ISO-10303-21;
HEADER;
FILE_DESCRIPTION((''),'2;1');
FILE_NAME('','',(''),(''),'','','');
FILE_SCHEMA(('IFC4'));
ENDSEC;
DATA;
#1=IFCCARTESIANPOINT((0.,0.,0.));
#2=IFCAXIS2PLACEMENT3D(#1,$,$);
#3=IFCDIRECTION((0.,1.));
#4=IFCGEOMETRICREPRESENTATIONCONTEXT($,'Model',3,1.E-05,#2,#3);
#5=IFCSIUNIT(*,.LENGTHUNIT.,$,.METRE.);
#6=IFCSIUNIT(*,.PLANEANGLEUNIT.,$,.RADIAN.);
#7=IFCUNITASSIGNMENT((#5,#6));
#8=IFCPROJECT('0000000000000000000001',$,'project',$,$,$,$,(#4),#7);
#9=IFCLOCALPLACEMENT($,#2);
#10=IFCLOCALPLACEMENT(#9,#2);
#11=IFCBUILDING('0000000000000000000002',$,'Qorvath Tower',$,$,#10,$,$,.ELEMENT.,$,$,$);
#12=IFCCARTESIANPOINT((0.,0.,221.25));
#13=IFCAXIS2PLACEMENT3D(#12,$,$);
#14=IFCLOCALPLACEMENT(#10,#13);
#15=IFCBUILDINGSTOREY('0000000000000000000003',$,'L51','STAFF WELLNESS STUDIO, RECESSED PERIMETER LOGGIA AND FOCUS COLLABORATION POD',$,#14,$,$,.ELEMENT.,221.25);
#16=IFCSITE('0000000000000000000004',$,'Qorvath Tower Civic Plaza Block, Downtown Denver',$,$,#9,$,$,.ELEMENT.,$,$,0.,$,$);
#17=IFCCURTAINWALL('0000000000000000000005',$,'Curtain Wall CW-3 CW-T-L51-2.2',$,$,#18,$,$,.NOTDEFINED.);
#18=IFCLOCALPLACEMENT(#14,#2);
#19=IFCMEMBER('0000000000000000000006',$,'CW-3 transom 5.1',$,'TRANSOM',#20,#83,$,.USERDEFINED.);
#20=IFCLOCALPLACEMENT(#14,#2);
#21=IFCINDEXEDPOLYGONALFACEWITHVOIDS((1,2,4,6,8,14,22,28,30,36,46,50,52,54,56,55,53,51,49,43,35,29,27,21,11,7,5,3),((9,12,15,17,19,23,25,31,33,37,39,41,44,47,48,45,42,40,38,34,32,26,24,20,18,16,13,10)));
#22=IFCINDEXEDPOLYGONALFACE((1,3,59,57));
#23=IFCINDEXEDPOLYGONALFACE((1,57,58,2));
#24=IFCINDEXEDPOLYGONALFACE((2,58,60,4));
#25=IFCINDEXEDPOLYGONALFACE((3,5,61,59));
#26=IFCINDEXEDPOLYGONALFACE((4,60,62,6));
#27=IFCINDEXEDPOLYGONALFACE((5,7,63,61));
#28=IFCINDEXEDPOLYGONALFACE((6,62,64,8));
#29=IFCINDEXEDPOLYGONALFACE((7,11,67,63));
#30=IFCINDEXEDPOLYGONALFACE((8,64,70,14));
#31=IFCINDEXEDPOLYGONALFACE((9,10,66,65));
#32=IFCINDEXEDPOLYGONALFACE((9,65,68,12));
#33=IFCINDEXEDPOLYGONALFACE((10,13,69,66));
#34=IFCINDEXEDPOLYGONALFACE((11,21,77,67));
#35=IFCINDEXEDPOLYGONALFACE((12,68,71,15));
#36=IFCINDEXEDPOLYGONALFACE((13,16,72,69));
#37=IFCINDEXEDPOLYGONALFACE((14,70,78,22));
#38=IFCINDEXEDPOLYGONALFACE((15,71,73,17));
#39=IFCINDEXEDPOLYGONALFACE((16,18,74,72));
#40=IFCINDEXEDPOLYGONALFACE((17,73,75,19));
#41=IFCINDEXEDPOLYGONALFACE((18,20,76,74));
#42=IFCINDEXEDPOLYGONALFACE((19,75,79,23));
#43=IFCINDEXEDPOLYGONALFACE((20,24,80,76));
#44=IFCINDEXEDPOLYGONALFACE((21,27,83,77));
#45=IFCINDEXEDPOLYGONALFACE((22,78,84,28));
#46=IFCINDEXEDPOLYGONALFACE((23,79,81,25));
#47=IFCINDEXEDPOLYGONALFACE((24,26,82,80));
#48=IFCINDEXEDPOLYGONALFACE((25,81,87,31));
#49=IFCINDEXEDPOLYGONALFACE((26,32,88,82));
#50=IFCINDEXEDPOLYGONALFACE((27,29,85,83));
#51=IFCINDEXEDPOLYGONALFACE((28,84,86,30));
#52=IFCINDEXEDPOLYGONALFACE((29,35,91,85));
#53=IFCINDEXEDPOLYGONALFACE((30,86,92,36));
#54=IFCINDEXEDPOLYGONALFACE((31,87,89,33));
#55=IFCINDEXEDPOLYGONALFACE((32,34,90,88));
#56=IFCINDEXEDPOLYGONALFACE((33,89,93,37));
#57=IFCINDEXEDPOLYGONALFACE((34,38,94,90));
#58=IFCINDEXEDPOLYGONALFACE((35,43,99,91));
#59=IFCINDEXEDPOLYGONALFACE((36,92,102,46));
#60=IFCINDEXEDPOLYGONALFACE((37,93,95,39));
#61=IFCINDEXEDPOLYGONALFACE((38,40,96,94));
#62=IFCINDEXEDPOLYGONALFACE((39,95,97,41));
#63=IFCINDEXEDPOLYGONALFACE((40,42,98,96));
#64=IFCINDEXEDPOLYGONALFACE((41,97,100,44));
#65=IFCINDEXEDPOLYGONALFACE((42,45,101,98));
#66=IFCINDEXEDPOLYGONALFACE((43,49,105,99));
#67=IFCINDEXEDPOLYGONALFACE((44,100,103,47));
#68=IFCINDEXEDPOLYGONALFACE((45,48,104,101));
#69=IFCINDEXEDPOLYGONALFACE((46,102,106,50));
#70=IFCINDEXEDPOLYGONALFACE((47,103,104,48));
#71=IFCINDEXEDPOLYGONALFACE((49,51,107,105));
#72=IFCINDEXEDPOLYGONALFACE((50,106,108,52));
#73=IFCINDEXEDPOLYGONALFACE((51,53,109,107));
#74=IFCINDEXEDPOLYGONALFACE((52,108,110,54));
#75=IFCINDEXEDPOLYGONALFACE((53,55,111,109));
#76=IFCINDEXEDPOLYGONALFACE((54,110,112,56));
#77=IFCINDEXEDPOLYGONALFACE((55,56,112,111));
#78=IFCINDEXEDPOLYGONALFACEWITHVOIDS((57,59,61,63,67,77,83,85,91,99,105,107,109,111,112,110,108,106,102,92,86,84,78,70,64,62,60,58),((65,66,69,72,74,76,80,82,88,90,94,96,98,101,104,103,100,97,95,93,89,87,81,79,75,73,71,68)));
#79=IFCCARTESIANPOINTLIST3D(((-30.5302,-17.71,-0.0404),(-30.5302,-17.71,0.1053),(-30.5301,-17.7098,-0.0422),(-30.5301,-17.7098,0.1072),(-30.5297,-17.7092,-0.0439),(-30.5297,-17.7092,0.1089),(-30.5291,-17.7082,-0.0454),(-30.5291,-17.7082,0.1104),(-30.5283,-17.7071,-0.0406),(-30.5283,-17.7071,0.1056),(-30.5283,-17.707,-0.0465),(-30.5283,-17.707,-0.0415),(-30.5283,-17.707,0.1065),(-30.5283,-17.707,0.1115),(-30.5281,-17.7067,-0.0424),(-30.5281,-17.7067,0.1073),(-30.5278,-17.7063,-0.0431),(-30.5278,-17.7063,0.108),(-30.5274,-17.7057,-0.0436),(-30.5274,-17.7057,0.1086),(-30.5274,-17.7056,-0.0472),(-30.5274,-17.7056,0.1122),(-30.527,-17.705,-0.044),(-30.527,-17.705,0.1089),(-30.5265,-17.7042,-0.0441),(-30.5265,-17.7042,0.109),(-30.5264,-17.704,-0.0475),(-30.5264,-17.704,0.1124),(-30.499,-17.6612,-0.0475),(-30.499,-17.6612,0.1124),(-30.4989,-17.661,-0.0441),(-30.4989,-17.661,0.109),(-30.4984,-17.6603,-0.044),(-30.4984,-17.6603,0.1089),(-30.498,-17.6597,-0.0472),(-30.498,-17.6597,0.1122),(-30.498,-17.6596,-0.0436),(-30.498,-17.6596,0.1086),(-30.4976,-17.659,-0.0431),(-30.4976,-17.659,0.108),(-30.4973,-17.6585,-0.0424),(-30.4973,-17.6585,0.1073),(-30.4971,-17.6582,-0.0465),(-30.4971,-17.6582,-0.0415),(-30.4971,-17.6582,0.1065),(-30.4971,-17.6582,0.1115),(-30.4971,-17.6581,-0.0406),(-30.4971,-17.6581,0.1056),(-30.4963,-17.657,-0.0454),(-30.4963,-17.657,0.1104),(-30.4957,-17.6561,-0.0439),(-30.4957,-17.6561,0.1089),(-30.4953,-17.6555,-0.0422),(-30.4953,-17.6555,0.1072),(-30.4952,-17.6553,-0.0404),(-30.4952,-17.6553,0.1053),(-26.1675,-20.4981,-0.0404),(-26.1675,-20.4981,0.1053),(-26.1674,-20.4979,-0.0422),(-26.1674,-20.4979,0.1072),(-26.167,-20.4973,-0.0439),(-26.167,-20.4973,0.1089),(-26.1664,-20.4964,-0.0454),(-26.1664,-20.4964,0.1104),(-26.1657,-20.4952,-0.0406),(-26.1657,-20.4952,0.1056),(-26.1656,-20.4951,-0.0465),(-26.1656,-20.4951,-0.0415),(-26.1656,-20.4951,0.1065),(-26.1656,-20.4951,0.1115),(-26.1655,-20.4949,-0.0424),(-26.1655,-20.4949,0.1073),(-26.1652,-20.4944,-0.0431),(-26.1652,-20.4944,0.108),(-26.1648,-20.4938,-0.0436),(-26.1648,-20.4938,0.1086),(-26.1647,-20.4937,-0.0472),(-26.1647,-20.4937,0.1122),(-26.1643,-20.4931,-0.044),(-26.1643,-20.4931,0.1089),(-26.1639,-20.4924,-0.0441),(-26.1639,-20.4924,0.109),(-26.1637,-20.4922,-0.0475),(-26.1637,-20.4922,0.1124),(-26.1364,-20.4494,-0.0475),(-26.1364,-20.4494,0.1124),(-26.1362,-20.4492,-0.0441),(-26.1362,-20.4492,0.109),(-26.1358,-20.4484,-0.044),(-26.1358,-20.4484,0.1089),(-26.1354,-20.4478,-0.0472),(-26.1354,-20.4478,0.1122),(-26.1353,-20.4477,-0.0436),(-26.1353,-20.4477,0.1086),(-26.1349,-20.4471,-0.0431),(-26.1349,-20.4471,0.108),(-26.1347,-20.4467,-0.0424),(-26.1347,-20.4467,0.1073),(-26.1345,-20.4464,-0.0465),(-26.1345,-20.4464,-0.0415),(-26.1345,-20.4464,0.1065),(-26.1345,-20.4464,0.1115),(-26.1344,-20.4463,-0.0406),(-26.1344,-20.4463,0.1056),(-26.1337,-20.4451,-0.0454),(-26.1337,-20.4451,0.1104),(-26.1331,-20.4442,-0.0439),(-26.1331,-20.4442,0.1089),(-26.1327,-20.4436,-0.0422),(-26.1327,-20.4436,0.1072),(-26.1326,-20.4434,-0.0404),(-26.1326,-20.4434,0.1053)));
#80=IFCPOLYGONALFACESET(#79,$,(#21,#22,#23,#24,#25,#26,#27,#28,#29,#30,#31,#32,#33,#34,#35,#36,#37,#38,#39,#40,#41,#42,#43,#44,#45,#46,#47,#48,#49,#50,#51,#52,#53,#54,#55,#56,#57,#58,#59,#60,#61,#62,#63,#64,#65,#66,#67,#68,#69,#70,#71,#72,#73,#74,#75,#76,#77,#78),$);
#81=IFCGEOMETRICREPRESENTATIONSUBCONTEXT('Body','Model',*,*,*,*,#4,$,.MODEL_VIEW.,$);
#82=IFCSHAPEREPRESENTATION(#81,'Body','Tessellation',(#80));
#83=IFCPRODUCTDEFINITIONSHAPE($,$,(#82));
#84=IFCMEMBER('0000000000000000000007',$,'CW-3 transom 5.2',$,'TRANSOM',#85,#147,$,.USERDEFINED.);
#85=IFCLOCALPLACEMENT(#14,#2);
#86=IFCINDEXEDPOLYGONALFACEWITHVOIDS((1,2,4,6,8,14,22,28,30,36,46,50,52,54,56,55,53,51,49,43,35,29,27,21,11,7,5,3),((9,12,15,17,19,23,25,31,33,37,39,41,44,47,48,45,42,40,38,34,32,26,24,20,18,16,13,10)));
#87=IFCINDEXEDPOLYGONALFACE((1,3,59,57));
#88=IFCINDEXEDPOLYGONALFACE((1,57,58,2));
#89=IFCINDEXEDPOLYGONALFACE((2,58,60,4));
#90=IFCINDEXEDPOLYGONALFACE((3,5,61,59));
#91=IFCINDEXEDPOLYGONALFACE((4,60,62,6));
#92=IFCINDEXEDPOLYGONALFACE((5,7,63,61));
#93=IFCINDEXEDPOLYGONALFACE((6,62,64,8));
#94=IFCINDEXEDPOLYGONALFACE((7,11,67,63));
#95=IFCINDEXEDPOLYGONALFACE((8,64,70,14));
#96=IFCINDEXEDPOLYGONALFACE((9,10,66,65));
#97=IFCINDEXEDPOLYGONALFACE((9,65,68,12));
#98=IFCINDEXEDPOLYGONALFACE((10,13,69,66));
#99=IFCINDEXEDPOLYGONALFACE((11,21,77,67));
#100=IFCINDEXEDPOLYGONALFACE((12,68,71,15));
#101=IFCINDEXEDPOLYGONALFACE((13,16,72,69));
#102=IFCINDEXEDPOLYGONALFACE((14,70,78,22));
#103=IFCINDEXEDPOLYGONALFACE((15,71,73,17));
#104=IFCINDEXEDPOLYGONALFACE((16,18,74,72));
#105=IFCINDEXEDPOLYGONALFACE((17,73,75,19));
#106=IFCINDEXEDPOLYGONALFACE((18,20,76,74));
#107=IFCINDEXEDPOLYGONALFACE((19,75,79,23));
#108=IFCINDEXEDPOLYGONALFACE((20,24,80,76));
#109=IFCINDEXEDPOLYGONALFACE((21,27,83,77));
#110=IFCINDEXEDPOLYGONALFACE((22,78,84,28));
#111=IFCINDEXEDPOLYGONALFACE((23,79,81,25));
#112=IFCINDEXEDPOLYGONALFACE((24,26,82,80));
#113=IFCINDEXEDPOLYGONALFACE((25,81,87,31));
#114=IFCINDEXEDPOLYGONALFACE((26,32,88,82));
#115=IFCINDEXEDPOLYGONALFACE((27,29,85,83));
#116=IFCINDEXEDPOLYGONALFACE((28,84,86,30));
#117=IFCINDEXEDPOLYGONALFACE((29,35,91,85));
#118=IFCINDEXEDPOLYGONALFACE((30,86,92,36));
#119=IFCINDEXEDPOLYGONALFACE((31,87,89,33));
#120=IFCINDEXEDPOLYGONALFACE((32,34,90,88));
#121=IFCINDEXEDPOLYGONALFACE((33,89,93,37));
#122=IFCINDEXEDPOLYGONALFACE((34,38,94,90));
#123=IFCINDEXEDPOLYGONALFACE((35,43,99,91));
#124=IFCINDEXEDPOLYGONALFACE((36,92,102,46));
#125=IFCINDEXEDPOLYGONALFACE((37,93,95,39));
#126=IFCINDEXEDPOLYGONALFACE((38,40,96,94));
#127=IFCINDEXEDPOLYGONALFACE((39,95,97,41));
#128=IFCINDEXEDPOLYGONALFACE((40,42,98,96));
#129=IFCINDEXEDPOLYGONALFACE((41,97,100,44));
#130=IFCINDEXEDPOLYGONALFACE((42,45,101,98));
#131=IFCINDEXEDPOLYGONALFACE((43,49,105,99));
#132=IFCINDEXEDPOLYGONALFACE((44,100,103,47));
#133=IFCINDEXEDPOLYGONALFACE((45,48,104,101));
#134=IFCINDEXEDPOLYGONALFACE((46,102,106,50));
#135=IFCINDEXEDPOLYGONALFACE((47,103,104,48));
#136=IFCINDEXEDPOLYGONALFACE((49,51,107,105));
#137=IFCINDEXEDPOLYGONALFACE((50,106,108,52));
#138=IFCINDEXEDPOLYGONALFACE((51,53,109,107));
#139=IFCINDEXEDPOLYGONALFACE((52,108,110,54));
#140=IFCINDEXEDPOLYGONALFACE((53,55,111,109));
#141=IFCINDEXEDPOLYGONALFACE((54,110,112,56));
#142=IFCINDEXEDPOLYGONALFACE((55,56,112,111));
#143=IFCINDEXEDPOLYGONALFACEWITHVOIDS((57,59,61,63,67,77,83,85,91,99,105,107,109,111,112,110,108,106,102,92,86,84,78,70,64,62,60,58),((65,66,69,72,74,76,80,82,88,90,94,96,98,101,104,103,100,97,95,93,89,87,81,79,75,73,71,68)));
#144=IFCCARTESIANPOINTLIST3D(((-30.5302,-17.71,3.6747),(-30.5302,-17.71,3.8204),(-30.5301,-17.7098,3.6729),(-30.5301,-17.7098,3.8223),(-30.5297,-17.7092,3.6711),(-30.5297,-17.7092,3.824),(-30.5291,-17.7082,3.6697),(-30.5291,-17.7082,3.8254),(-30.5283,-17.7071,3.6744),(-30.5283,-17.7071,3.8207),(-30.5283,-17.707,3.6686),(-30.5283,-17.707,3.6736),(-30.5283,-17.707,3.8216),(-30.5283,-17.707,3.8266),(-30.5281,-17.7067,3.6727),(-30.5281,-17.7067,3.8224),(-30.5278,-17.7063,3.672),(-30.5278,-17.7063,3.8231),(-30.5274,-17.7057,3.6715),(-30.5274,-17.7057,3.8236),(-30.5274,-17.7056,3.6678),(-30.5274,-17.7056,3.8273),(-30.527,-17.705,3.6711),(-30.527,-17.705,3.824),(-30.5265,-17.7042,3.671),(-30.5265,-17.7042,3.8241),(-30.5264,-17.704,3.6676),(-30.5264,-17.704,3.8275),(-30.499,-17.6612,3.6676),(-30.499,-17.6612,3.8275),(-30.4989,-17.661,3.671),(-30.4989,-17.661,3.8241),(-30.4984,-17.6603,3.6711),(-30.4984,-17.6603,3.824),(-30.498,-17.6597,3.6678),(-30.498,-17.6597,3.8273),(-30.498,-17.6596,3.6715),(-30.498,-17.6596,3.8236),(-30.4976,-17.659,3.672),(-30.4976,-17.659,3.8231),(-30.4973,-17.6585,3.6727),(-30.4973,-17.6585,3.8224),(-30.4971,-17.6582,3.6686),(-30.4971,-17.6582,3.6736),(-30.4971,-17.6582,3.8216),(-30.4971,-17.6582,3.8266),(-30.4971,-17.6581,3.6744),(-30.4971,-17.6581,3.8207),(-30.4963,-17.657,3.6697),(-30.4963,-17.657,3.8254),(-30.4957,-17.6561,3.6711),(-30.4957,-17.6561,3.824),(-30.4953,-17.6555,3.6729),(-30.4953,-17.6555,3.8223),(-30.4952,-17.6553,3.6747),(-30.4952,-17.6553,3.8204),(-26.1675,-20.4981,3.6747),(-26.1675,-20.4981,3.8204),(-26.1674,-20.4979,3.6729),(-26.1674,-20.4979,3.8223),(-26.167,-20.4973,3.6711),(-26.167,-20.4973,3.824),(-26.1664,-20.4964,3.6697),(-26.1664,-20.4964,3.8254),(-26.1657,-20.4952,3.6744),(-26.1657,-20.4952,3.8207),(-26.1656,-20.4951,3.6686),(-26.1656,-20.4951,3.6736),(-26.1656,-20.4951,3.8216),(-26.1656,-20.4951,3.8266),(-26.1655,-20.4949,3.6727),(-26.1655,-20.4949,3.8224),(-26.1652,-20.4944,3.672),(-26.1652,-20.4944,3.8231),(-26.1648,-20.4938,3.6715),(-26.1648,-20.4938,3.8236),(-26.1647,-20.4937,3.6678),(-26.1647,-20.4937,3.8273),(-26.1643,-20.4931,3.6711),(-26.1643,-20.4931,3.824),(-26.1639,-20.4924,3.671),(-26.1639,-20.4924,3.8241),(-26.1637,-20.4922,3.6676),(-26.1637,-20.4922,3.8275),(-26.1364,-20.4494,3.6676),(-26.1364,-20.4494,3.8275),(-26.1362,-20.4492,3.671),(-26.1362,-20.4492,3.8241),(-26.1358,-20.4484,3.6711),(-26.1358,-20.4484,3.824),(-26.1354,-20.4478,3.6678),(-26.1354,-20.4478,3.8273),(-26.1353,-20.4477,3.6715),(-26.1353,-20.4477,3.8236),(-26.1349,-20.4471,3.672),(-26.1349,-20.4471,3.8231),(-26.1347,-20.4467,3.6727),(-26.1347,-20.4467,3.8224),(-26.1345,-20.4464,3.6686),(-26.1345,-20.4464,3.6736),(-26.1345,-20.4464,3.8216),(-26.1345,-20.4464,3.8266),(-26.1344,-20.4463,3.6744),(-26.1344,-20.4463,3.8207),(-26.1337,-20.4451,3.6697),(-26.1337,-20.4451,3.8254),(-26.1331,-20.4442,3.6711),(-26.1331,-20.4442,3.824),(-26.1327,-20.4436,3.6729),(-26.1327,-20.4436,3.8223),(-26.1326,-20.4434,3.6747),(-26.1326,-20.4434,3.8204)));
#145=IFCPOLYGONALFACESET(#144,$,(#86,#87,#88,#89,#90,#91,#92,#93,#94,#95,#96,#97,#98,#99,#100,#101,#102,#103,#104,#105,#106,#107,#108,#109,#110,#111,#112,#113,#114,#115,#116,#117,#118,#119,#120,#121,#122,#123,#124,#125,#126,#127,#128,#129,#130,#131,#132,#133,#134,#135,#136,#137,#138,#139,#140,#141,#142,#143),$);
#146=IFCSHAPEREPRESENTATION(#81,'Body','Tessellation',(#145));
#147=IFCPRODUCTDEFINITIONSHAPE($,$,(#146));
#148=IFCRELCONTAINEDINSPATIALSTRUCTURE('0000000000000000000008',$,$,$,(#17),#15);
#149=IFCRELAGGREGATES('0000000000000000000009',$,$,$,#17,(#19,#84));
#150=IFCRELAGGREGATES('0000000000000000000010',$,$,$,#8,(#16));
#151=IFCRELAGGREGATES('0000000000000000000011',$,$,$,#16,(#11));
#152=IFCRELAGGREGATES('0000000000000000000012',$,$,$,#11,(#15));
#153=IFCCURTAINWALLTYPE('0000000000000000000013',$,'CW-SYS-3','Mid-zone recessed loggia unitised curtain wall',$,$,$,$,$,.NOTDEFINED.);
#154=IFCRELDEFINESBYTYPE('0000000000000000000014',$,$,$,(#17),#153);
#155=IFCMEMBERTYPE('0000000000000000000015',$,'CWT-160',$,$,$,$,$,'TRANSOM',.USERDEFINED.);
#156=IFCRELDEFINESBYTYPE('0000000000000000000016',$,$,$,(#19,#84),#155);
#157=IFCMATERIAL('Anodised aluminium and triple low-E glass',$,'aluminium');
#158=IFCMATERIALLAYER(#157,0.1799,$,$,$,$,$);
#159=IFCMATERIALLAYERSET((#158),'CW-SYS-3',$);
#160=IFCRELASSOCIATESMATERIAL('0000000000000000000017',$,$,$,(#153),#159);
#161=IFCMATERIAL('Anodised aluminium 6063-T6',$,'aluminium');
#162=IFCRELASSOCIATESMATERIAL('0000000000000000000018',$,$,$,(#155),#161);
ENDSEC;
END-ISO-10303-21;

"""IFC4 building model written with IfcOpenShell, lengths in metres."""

from ifc_helpers import new_model, si_unit, direction, frame, origin, origin_2d, place, context, subcontext, project, spatial, hollow_rectangle, extrude, material, layer, layer_set, material_profile, profile_set, type_object, element, aggregate, save


model = new_model("IFC4")

# Units and contexts
model_context = context("Model", 3, precision=1e-05, world=origin(), true_north=direction((0.0, 1.0)))
body_context = subcontext(model_context, "Body", "Model", "MODEL_VIEW")
ifc_project = project(units=[si_unit("LENGTHUNIT", "METRE"), si_unit("PLANEANGLEUNIT", "RADIAN")], contexts=[model_context])

# Site, building, storey
site_placement = place(None, origin())
site = spatial("IfcSite", under=ifc_project, at=site_placement, Name="Qorvath Tower Civic Plaza Block, Downtown Denver", CompositionType="ELEMENT", RefElevation=0.0)
building_placement = place(site_placement, origin())
building = spatial("IfcBuilding", under=site, at=building_placement, Name="Qorvath Tower", CompositionType="ELEMENT")
storey_placement = place(building_placement, frame((0.0, 0.0, 221.25)))
storey = spatial("IfcBuildingStorey", under=building, at=storey_placement, Name="L51", Description="STAFF WELLNESS STUDIO, RECESSED PERIMETER LOGGIA AND FOCUS COLLABORATION POD", CompositionType="ELEMENT", Elevation=221.25)

# Curtain wall, members
ifc_material_1 = material(Name="Anodised aluminium and triple low-E glass", Category="aluminium")
ifc_layer_1 = layer(ifc_material_1, 0.1799)
ifc_layer_set_1 = layer_set([ifc_layer_1], Name="CW-SYS-3")
curtain_wall_type = type_object("IfcCurtainWallType", Name="CW-SYS-3", Description="Mid-zone recessed loggia unitised curtain wall", PredefinedType="NOTDEFINED", material=ifc_layer_set_1)
curtain_wall_placement = place(storey_placement, origin())
curtain_wall = element("IfcCurtainWall", 1, at=curtain_wall_placement, inside=storey, type_object=curtain_wall_type, Name="Curtain Wall CW-3 CW-T-L51-2.2", PredefinedType="NOTDEFINED")
ifc_material_2 = material(Name="Anodised aluminium 6063-T6", Category="aluminium")
ifc_material_profile_1 = material_profile(ifc_material_2, hollow_rectangle(XDim=0.0649, YDim=0.1599, WallThickness=0.0034, InnerFilletRadius=0.0034, OuterFilletRadius=0.0071, at=origin_2d()), Name="CWT 160x65")
ifc_profile_set_1 = profile_set([ifc_material_profile_1], Name="Anodised aluminium 6063-T6")
member_type_1 = type_object("IfcMemberType", Name="CWT-160", ElementType="TRANSOM", PredefinedType="USERDEFINED", material=ifc_profile_set_1)
member_1_placement = place(storey_placement, frame((-30.5127, -17.6826, 0.0325), z_axis=(0.842617, -0.538513, 0.0), x_axis=(0.538513, 0.842617, 0.0)))
member_1 = element("IfcMember", 2, at=member_1_placement, type_object=member_type_1, Name="CW-3 transom 5.1", ObjectType="TRANSOM", PredefinedType="USERDEFINED", context=body_context, shape_type="SweptSolid", body=[
    extrude(hollow_rectangle(XDim=0.0649, YDim=0.1599, WallThickness=0.0034, InnerFilletRadius=0.0034, OuterFilletRadius=0.0071, at=origin_2d()), origin(), (0.0, 0.0, 1.0), 5.1775),
])
member_2_placement = place(storey_placement, frame((-30.5127, -17.6826, 3.7476), z_axis=(0.842617, -0.538513, 0.0), x_axis=(0.538513, 0.842617, 0.0)))
member_2 = element("IfcMember", 3, at=member_2_placement, type_object=member_type_1, Name="CW-3 transom 5.2", ObjectType="TRANSOM", PredefinedType="USERDEFINED", context=body_context, shape_type="SweptSolid", body=[
    extrude(hollow_rectangle(XDim=0.0649, YDim=0.1599, WallThickness=0.0034, InnerFilletRadius=0.0034, OuterFilletRadius=0.0071, at=origin_2d()), origin(), (0.0, 0.0, 1.0), 5.1775),
])
aggregate(curtain_wall, [member_1, member_2])

save(model, "model.ifc")
